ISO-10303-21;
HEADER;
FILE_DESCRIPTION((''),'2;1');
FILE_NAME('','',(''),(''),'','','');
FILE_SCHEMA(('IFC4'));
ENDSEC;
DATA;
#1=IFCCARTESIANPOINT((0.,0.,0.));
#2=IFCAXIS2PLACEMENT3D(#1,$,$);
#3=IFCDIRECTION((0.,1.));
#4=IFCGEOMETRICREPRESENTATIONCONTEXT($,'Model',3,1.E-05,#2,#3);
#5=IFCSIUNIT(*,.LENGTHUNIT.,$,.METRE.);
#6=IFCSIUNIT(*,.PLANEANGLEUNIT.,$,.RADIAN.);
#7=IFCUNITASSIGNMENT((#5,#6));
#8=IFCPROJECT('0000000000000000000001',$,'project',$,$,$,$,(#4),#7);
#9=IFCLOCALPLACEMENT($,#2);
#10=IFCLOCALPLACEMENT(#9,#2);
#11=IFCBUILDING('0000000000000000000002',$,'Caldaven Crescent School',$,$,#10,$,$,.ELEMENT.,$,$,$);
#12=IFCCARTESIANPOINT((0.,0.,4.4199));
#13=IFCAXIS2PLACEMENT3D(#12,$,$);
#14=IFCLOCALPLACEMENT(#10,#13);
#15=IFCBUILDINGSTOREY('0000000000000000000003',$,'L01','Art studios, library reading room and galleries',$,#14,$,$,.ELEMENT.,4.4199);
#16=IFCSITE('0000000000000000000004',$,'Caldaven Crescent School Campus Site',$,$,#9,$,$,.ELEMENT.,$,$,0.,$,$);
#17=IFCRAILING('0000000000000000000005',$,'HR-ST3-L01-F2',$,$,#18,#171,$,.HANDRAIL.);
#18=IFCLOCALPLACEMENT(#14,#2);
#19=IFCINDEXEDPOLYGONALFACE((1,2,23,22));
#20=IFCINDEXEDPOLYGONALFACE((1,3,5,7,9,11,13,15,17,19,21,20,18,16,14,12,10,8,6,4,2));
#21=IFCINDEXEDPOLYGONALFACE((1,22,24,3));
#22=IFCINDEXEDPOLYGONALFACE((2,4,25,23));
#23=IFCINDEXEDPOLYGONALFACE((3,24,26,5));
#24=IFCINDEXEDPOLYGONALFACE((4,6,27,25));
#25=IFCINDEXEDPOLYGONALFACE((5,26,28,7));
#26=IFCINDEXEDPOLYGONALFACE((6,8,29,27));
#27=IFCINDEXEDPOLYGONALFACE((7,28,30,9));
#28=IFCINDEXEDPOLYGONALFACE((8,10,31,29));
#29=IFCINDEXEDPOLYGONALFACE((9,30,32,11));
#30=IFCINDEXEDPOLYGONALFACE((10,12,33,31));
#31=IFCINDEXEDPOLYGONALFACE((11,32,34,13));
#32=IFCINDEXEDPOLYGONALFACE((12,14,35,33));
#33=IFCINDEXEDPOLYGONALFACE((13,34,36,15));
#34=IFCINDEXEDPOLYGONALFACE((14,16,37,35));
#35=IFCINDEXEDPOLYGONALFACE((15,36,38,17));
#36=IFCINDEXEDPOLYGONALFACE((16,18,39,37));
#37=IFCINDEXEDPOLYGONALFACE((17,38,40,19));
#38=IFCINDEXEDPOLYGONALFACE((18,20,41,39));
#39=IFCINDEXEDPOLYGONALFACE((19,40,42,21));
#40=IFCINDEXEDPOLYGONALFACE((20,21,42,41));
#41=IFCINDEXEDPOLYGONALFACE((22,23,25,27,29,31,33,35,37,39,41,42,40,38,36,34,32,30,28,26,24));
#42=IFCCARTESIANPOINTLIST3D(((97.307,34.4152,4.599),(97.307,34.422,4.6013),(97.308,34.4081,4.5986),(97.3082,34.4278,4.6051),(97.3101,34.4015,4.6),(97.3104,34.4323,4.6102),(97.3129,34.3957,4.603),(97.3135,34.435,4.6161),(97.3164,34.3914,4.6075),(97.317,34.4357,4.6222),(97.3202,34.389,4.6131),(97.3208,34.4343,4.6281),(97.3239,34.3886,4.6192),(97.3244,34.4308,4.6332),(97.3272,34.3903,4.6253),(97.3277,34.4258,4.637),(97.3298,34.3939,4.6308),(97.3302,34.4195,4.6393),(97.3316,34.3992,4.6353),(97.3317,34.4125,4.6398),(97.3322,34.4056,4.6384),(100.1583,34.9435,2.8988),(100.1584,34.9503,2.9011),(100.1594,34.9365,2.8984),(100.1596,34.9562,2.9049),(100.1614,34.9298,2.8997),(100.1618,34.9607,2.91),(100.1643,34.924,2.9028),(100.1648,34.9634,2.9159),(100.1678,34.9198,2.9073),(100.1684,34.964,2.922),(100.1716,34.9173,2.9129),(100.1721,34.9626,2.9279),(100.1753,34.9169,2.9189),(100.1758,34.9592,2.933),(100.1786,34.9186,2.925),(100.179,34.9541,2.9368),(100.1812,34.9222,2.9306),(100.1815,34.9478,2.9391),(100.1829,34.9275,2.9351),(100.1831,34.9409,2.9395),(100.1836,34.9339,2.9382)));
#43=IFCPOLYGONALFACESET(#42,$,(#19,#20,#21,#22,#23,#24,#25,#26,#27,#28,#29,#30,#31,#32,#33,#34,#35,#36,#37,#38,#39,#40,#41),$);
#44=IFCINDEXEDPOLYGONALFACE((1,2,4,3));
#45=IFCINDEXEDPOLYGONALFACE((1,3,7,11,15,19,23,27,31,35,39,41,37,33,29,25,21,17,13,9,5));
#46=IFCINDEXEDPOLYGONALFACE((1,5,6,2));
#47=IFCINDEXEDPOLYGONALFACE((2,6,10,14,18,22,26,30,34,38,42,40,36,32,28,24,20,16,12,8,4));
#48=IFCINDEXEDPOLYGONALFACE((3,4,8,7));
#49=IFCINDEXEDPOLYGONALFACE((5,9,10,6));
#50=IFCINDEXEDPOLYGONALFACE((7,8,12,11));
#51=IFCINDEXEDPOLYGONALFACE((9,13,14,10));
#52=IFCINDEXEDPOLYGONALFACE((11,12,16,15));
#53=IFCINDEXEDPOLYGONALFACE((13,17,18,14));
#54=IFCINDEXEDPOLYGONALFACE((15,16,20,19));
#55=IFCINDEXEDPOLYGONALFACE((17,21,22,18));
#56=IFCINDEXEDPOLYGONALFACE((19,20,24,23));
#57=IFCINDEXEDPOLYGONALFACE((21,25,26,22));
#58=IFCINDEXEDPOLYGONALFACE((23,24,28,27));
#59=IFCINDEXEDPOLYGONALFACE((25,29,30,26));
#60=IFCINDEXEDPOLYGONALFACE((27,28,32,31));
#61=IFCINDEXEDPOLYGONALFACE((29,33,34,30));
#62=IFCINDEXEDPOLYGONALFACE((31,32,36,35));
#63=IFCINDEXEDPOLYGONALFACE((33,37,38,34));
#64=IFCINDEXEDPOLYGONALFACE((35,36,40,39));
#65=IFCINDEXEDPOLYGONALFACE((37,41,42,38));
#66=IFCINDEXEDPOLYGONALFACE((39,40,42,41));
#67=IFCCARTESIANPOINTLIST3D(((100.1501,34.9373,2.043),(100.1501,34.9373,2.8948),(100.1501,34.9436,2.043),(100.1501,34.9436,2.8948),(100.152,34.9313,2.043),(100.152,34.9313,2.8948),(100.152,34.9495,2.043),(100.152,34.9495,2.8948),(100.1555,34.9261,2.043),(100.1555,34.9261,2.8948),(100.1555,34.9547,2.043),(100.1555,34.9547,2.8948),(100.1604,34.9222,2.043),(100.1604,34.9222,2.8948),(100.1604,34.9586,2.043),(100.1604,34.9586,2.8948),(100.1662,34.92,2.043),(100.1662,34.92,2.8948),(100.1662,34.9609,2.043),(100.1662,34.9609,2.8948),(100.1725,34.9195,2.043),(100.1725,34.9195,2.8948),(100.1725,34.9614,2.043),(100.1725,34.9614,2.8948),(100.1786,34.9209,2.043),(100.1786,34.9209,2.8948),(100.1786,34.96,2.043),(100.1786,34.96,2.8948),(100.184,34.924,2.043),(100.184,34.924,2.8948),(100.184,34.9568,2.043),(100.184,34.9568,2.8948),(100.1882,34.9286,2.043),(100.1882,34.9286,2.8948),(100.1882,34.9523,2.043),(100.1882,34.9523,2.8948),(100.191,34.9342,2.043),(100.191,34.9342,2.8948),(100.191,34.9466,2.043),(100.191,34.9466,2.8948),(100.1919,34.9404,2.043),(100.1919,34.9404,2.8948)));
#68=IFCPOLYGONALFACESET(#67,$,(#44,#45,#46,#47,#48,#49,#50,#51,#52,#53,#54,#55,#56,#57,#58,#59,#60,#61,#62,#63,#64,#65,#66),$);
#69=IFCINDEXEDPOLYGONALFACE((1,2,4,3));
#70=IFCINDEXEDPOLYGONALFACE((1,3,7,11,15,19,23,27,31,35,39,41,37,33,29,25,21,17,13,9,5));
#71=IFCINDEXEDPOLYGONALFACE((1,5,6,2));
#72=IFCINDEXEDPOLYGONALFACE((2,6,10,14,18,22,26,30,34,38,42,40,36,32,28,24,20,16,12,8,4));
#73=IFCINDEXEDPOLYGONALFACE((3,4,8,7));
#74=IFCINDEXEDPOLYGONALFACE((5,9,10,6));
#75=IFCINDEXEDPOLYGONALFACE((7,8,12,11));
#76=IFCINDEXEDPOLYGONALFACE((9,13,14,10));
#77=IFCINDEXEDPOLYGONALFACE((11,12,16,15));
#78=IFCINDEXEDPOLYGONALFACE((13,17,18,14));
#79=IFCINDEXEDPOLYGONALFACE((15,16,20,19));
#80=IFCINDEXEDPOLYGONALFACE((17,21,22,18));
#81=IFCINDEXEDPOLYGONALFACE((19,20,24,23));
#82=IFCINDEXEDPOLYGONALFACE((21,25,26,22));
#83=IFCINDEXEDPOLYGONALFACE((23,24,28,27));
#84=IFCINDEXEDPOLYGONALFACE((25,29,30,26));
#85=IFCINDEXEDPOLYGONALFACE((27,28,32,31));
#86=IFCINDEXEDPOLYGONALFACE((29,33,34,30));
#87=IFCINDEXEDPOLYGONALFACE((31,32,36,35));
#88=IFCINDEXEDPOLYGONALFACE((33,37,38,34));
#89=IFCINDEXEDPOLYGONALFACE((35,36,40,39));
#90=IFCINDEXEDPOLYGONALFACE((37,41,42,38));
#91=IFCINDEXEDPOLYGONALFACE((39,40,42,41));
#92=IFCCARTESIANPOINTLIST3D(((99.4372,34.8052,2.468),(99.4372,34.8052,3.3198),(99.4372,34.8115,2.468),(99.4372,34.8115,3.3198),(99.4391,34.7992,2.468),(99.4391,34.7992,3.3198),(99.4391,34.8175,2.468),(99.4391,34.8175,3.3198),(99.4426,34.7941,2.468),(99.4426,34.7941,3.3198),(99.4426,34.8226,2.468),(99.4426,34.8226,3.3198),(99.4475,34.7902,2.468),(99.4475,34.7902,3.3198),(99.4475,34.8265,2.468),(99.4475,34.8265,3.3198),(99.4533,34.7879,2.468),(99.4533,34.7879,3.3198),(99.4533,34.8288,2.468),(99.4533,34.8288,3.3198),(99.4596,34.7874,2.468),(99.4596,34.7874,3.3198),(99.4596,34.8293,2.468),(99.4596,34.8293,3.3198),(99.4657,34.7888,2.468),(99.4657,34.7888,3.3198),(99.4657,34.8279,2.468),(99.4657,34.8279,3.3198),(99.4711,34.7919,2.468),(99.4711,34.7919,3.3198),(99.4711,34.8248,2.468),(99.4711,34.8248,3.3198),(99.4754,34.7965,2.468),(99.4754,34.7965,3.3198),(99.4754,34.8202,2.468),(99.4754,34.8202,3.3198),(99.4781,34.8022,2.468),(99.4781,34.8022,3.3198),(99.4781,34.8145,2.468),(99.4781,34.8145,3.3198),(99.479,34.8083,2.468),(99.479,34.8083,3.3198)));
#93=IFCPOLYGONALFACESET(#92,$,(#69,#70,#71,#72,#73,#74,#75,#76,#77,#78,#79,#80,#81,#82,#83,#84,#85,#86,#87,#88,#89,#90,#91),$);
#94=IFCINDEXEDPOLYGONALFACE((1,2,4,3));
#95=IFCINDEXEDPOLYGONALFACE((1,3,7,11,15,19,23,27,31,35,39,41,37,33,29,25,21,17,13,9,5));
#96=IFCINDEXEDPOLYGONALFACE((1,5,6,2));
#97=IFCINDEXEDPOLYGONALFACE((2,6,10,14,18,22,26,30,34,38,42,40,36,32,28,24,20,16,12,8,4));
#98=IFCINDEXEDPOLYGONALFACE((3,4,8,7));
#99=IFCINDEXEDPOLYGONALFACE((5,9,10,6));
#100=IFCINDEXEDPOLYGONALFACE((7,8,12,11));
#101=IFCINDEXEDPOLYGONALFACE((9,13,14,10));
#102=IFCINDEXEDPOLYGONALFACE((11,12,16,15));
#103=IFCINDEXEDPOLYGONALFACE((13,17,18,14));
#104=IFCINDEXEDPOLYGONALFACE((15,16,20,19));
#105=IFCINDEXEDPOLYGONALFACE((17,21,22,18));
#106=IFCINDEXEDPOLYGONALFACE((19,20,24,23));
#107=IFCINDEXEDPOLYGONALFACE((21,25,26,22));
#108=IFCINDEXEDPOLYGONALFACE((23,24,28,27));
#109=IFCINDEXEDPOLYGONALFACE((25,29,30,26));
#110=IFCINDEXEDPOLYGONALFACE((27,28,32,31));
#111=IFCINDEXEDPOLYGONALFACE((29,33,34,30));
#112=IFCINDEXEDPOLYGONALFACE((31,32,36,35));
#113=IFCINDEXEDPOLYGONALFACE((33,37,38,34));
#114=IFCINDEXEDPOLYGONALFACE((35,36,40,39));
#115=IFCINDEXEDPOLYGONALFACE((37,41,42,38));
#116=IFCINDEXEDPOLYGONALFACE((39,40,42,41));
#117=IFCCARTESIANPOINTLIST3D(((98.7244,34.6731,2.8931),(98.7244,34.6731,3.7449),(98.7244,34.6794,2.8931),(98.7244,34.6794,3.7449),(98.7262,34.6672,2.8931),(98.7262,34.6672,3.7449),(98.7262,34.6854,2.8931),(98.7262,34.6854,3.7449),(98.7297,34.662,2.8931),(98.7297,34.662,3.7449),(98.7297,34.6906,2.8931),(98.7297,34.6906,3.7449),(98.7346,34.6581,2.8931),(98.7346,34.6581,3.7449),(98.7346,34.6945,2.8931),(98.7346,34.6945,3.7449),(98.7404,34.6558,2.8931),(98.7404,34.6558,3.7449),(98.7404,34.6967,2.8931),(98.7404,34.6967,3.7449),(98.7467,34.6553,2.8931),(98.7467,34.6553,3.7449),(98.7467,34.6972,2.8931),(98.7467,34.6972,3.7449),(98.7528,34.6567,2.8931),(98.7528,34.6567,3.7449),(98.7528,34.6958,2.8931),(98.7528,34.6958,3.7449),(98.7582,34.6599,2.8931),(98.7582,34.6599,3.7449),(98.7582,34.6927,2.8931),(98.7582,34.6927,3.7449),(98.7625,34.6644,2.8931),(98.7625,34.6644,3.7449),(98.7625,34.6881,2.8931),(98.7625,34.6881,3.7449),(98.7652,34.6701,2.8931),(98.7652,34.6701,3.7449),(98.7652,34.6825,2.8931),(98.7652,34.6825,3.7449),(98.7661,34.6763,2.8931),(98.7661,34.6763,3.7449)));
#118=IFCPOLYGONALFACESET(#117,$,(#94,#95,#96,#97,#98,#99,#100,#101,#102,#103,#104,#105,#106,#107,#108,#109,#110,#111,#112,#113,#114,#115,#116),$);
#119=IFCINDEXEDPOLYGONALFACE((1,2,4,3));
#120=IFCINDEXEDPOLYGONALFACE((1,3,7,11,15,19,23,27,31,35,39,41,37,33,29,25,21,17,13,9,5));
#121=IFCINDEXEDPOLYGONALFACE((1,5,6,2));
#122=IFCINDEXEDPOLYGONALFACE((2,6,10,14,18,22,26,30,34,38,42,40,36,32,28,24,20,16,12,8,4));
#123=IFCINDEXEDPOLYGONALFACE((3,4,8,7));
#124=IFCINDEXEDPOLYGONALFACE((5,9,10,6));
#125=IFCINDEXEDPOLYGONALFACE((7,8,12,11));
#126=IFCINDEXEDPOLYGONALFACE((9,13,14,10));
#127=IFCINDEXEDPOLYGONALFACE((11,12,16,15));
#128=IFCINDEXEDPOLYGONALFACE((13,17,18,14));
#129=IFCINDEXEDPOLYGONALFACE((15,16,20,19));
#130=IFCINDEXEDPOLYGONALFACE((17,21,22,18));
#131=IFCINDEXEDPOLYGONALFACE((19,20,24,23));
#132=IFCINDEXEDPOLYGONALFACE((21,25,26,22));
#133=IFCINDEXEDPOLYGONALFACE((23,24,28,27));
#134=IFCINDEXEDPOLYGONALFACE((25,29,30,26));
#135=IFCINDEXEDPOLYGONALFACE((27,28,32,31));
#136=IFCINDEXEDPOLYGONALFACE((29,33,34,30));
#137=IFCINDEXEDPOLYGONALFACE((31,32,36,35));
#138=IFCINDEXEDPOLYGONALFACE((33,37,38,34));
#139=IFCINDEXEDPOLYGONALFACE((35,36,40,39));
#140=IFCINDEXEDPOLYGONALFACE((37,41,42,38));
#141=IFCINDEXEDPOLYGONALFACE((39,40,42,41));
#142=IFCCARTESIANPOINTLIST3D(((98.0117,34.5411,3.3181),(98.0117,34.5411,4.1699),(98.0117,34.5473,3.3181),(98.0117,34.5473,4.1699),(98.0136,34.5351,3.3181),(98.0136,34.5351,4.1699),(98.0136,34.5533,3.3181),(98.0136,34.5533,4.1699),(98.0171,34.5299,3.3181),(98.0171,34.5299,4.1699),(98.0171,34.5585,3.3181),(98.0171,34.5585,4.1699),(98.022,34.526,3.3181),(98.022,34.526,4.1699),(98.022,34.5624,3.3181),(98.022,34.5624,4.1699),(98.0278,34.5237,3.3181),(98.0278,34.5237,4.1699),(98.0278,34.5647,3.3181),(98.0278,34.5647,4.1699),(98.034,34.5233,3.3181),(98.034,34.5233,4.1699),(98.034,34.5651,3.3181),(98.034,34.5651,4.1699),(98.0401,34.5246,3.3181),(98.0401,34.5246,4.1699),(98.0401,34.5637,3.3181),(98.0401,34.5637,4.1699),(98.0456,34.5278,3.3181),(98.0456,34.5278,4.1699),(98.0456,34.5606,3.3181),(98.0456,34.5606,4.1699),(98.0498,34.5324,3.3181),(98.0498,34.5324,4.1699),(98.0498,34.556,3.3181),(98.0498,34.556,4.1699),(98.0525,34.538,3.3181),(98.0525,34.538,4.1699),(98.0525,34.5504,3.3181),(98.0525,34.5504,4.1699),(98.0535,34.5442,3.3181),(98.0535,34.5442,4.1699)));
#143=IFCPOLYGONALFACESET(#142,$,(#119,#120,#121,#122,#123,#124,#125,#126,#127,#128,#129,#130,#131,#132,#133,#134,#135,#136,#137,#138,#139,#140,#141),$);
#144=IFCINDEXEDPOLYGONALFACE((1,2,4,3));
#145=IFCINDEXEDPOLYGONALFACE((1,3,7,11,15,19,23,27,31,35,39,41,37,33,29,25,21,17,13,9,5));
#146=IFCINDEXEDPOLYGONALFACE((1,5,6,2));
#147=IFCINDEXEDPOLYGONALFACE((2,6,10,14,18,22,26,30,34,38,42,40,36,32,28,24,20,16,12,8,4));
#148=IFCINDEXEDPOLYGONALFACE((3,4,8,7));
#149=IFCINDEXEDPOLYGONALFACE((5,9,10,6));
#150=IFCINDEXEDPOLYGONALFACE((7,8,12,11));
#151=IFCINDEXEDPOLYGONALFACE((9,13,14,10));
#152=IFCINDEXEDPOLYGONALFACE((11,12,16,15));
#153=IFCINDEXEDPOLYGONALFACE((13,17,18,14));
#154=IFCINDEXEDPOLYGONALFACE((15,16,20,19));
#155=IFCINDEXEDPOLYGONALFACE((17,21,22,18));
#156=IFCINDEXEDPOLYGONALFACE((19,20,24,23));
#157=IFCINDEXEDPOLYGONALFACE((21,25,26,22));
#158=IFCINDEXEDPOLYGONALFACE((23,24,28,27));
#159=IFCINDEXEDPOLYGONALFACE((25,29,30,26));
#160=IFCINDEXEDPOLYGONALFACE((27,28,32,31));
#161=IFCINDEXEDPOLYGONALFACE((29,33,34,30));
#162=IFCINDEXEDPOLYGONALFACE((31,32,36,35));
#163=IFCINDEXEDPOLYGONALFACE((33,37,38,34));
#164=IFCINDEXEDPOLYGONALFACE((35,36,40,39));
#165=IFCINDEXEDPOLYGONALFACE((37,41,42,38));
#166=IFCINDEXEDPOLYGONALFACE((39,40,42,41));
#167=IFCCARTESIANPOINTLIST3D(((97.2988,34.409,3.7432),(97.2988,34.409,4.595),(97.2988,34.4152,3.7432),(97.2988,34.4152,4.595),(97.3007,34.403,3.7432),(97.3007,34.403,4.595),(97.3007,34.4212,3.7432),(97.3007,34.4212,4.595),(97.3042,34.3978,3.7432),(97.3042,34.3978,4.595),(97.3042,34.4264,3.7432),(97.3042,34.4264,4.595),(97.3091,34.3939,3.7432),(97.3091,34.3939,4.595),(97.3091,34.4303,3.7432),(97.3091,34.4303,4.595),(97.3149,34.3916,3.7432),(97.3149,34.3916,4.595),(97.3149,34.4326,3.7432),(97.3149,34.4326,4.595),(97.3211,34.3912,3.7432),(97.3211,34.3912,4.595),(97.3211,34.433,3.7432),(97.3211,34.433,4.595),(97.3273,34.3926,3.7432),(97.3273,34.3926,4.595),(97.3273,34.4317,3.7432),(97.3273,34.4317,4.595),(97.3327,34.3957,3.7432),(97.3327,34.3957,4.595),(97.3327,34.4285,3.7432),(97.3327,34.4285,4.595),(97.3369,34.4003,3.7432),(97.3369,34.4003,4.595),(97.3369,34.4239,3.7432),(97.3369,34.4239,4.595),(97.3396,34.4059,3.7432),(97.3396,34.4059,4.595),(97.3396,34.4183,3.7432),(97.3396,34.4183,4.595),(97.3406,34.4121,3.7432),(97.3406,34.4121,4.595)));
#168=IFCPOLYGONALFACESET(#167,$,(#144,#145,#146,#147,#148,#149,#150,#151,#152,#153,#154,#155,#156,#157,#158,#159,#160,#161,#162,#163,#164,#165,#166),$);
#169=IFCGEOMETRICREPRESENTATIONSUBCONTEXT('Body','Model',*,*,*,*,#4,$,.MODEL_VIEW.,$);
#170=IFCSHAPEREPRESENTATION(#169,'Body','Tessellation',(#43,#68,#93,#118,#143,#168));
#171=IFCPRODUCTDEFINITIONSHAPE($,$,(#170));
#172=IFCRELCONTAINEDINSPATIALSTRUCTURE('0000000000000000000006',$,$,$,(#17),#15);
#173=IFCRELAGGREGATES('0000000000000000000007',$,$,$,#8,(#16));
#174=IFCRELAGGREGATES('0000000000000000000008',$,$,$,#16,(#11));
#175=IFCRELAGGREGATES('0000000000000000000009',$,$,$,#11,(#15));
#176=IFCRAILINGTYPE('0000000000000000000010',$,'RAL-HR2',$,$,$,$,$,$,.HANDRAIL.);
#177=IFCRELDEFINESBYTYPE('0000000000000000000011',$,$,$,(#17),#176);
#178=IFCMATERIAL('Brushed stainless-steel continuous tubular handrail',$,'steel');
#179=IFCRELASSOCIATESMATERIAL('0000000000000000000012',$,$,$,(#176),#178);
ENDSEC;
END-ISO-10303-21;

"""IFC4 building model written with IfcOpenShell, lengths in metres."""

from ifc_helpers import new_model, si_unit, direction, frame, origin, origin_2d, place, context, subcontext, project, spatial, circle, extrude, material, type_object, element, save


model = new_model("IFC4")

# Units and contexts
model_context = context("Model", 3, precision=1e-05, world=origin(), true_north=direction((0.0, 1.0)))
body_context = subcontext(model_context, "Body", "Model", "MODEL_VIEW")
ifc_project = project(units=[si_unit("LENGTHUNIT", "METRE"), si_unit("PLANEANGLEUNIT", "RADIAN")], contexts=[model_context])

# Site, building, storey
site_placement = place(None, origin())
site = spatial("IfcSite", under=ifc_project, at=site_placement, Name="Caldaven Crescent School Campus Site", CompositionType="ELEMENT", RefElevation=0.0)
building_placement = place(site_placement, origin())
building = spatial("IfcBuilding", under=site, at=building_placement, Name="Caldaven Crescent School", CompositionType="ELEMENT")
storey_placement = place(building_placement, frame((0.0, 0.0, 4.4199)))
storey = spatial("IfcBuildingStorey", under=building, at=storey_placement, Name="L01", Description="Art studios, library reading room and galleries", CompositionType="ELEMENT", Elevation=4.4199)

# Railing
ifc_material_1 = material(Name="Brushed stainless-steel continuous tubular handrail", Category="steel")
railing_type_1 = type_object("IfcRailingType", Name="RAL-HR2", PredefinedType="HANDRAIL", material=ifc_material_1)
railing_1_placement = place(storey_placement, frame((100.1709, 34.9404, 2.043)))
element("IfcRailing", 1, at=railing_1_placement, inside=storey, type_object=railing_type_1, Name="HR-ST3-L01-F2", PredefinedType="HANDRAIL", context=body_context, shape_type="SweptSolid", body=[
    extrude(circle(Radius=0.0239, at=origin_2d()), frame((0.0, 0.0, 0.876), z_axis=(-0.848223, -0.157167, 0.505782), x_axis=(0.182189, -0.983264, 0.0)), (0.0, 0.0, 1.0), 3.3616),
    extrude(circle(Radius=0.021, at=origin_2d()), origin(), (0.0, 0.0, 1.0), 0.8518),
    extrude(circle(Radius=0.021, at=origin_2d()), frame((-0.7129, -0.1321, 0.425)), (0.0, 0.0, 1.0), 0.8518),
    extrude(circle(Radius=0.021, at=origin_2d()), frame((-1.4258, -0.2642, 0.8501)), (0.0, 0.0, 1.0), 0.8518),
    extrude(circle(Radius=0.021, at=origin_2d()), frame((-2.1384, -0.3962, 1.2751)), (0.0, 0.0, 1.0), 0.8518),
    extrude(circle(Radius=0.021, at=origin_2d()), frame((-2.8513, -0.5283, 1.7002)), (0.0, 0.0, 1.0), 0.8518),
])

save(model, "model.ifc")
